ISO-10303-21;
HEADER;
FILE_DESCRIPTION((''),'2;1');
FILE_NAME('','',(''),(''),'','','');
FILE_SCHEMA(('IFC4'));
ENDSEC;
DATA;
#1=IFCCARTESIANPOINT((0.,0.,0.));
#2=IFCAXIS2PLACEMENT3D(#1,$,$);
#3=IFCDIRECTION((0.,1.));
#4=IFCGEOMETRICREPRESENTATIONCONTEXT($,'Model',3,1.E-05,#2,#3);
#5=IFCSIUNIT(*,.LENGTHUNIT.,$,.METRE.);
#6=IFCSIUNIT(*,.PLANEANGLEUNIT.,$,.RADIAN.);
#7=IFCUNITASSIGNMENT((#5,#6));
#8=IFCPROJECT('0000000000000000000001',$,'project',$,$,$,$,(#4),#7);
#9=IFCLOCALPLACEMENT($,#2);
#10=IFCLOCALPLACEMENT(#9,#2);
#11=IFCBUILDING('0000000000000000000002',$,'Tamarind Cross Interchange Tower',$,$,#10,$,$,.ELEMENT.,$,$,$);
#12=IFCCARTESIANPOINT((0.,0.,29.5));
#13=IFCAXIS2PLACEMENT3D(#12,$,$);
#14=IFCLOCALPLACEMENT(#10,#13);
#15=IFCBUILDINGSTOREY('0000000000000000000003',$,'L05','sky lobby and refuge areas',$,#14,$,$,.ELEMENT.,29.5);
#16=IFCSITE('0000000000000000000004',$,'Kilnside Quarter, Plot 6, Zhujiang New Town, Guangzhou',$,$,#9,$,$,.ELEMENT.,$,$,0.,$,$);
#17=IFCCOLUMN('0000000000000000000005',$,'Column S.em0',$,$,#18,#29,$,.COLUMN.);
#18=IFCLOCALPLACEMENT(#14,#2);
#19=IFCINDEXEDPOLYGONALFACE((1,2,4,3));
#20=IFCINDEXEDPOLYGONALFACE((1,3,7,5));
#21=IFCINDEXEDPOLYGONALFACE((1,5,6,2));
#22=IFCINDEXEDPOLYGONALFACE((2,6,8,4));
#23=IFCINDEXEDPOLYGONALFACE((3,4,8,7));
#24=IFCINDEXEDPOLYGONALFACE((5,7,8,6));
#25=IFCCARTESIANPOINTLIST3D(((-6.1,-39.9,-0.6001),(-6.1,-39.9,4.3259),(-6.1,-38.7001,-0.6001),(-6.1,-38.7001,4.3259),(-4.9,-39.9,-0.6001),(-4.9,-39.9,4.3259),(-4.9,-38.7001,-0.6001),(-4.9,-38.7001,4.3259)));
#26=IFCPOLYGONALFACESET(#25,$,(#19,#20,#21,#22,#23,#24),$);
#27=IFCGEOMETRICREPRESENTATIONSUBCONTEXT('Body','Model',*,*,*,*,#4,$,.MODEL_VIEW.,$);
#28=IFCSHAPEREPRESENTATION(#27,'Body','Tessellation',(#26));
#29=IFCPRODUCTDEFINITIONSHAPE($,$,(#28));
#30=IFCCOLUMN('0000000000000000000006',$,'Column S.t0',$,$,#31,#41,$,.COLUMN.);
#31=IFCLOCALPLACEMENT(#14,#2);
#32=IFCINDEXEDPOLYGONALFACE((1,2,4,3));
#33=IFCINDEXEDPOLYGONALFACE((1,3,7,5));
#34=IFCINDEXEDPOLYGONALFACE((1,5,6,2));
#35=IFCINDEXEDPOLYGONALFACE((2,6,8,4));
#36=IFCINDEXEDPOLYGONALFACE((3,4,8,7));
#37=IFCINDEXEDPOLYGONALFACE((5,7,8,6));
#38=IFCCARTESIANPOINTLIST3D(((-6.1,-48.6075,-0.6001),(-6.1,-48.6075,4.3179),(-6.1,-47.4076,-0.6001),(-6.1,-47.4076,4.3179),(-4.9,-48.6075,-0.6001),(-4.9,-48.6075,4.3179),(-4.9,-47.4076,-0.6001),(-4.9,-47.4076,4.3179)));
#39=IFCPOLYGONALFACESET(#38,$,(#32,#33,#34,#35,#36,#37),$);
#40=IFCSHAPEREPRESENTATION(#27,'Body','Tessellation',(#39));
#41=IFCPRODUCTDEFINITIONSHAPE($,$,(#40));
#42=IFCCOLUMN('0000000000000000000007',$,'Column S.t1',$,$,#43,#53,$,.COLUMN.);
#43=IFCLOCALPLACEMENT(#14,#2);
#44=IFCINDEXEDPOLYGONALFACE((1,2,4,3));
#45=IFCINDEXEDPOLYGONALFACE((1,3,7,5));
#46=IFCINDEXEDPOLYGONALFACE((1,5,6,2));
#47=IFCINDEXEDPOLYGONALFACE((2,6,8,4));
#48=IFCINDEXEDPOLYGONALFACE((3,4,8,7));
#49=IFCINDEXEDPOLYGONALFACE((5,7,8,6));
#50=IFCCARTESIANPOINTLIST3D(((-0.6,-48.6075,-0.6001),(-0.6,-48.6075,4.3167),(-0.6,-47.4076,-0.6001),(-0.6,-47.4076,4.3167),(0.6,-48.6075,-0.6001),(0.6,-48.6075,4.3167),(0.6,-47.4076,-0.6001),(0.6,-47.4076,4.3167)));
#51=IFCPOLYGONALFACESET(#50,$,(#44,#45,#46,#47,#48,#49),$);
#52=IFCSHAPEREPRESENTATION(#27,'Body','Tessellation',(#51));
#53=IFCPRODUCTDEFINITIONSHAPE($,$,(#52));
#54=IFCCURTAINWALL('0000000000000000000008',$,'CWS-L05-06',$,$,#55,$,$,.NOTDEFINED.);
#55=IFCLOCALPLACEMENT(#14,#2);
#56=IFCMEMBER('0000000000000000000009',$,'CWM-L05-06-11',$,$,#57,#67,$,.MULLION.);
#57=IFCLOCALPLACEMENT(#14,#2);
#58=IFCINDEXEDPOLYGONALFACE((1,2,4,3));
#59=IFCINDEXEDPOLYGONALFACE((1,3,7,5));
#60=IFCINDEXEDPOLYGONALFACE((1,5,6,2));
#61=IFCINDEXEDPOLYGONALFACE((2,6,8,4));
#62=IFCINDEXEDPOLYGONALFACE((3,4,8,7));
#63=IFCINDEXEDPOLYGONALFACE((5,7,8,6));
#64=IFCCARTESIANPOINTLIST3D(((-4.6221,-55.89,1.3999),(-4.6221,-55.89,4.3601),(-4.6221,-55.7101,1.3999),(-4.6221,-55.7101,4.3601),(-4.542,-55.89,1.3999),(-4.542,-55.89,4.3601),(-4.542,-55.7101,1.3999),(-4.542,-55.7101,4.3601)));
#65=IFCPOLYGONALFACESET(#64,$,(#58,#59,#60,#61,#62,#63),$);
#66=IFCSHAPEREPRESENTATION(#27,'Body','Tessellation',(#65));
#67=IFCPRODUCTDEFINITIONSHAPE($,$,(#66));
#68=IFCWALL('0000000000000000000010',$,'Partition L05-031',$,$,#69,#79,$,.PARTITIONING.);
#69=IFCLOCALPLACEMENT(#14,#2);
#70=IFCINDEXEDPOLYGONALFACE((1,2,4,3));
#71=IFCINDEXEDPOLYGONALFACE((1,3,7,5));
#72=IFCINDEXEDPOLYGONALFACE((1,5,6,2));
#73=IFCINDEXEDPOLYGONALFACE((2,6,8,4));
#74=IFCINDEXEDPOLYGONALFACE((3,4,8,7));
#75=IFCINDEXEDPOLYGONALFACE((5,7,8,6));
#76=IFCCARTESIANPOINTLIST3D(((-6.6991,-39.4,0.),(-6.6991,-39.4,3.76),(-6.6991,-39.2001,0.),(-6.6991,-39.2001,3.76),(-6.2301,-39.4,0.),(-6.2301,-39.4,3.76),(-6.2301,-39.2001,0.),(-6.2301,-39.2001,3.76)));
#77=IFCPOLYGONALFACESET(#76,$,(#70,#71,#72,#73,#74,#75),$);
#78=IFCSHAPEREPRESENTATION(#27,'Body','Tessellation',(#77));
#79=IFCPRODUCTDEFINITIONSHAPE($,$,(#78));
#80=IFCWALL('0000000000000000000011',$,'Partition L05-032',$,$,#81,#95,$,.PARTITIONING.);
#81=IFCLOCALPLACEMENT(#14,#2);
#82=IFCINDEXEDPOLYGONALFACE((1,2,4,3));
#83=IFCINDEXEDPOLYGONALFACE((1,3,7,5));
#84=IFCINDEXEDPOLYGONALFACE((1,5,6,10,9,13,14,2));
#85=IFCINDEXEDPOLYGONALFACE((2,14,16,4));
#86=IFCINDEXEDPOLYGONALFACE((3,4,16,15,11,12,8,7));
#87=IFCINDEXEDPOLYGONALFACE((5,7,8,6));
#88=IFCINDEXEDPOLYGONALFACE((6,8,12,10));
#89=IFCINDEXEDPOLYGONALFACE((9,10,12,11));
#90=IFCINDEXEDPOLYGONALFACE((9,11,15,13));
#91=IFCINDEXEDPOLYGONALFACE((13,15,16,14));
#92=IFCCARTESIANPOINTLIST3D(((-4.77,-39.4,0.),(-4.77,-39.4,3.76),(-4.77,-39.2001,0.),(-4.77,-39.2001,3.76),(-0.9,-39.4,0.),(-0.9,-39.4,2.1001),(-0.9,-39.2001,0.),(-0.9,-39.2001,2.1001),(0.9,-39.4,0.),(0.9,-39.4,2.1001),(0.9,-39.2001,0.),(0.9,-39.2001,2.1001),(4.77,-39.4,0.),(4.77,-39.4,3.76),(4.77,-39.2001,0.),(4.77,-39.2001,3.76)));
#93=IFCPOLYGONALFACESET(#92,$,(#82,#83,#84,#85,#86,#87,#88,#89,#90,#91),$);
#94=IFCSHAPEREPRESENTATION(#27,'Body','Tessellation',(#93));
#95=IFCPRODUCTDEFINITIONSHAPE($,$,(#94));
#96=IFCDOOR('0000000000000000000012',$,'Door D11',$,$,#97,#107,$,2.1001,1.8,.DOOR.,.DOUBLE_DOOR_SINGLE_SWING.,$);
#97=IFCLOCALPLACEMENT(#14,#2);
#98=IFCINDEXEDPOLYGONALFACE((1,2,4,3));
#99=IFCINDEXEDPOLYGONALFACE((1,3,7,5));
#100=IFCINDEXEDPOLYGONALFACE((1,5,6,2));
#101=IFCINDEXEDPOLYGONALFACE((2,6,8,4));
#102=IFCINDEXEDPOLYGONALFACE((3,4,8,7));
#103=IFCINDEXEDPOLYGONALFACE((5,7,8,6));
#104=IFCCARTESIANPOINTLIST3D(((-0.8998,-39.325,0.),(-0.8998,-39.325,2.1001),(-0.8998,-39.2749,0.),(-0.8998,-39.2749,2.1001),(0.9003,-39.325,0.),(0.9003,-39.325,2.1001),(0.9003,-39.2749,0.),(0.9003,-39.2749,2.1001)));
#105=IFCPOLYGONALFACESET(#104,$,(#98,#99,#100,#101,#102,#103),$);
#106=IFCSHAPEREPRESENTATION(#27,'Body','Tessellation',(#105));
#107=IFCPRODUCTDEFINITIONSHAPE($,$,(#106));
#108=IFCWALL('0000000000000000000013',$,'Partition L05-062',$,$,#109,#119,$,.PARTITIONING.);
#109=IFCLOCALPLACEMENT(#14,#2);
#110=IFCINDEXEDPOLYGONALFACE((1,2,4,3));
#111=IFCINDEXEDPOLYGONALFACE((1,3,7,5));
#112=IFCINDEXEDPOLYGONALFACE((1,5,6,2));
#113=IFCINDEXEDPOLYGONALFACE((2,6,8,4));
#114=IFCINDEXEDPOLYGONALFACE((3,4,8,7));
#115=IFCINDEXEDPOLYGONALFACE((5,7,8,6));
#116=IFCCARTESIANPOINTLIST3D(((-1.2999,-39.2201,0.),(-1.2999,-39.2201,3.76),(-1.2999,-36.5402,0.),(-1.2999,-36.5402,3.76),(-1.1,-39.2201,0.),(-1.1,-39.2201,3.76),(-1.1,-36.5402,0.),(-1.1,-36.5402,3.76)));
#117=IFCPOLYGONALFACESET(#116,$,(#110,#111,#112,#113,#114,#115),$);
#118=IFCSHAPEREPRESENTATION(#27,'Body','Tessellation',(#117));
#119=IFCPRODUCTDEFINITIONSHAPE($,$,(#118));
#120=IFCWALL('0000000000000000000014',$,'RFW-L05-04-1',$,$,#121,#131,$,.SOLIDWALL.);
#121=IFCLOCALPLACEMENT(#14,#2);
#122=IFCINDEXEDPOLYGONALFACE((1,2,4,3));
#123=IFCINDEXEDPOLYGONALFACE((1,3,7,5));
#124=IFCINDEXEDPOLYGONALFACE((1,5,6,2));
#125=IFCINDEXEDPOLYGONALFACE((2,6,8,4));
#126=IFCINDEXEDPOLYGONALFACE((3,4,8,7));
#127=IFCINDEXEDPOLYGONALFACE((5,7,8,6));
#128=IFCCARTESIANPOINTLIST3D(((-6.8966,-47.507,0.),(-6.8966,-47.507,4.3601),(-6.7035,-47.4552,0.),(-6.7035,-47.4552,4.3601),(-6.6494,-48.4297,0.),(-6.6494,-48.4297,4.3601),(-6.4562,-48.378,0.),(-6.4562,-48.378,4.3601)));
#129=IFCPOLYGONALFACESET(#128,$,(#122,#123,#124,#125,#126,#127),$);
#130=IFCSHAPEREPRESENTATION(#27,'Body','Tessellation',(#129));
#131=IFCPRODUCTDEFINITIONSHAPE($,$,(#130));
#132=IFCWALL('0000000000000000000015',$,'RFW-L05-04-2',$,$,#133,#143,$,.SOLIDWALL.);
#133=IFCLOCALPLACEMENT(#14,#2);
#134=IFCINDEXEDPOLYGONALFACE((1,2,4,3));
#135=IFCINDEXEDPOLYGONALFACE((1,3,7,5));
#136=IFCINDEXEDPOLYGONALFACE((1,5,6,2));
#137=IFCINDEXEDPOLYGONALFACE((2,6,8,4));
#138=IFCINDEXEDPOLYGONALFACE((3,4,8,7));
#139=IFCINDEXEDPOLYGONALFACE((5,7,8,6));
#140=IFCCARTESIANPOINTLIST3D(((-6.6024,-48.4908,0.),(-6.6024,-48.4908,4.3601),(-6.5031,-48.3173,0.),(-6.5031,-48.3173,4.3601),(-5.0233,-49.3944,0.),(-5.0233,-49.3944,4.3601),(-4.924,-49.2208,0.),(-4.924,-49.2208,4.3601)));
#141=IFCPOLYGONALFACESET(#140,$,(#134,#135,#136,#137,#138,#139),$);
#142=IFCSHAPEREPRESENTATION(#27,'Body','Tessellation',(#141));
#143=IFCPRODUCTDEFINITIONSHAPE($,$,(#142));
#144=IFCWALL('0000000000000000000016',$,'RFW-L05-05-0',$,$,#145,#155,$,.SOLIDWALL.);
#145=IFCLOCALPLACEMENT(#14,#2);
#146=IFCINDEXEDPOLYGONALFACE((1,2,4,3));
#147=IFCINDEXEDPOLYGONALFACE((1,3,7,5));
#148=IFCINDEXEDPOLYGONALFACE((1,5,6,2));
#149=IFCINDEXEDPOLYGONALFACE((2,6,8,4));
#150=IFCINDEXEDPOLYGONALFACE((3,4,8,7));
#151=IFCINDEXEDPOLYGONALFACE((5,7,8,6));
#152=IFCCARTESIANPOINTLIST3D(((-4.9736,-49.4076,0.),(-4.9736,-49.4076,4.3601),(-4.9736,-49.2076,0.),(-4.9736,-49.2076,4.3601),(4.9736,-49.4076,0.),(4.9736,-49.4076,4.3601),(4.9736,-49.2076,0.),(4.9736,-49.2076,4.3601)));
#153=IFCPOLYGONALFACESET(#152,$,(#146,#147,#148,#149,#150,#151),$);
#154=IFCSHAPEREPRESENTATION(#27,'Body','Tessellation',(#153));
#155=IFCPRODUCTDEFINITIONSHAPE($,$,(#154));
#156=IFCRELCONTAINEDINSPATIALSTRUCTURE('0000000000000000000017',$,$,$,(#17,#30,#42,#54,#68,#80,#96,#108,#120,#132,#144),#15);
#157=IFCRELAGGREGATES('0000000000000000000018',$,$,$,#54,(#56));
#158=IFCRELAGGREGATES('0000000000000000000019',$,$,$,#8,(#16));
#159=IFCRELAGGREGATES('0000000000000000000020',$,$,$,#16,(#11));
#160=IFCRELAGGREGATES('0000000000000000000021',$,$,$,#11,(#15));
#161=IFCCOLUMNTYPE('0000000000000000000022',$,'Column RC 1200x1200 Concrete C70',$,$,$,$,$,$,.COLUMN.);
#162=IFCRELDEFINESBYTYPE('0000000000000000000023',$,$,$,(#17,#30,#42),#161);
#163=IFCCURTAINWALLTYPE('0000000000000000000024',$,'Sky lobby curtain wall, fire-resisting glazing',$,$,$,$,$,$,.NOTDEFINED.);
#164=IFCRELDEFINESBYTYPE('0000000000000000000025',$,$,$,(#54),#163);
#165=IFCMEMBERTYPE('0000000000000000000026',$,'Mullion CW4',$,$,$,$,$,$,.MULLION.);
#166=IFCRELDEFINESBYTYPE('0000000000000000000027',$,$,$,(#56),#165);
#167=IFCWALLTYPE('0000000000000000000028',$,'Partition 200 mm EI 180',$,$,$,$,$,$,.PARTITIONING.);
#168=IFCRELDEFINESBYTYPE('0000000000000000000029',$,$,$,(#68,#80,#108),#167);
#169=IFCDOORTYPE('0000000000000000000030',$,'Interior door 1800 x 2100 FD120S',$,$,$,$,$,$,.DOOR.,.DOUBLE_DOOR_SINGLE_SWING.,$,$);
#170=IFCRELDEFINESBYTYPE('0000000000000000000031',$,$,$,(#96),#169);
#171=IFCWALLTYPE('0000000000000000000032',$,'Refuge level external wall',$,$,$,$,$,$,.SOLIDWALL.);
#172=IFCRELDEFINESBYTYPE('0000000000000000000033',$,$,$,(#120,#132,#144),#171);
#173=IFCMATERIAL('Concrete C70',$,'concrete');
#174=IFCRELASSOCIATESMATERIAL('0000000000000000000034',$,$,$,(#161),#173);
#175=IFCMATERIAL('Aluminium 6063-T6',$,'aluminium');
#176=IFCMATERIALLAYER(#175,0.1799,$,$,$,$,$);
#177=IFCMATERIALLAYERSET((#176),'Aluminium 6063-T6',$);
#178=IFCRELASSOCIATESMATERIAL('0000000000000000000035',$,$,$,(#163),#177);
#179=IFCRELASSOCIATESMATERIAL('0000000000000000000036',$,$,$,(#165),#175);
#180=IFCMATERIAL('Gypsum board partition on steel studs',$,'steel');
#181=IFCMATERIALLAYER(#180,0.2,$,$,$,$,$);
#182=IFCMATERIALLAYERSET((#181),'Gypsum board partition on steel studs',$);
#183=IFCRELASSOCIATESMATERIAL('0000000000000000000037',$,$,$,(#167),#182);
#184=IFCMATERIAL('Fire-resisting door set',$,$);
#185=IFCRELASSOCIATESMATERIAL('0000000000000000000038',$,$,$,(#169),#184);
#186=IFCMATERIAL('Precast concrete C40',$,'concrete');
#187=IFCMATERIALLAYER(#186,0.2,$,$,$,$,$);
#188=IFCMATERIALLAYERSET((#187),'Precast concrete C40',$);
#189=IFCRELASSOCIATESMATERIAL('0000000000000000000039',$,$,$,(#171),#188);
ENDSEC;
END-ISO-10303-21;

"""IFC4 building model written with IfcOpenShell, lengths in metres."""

from ifc_helpers import new_model, si_unit, direction, frame, frame_2d, origin, origin_2d, place, context, subcontext, project, spatial, rectangle, extrude, material, layer, layer_set, material_profile, profile_set, type_object, element, fill, aggregate, save


model = new_model("IFC4")

# Units and contexts
model_context = context("Model", 3, precision=1e-05, world=origin(), true_north=direction((0.0, 1.0)))
body_context = subcontext(model_context, "Body", "Model", "MODEL_VIEW")
ifc_project = project(units=[si_unit("LENGTHUNIT", "METRE"), si_unit("PLANEANGLEUNIT", "RADIAN")], contexts=[model_context])

# Site, building, storey
site_placement = place(None, origin())
site = spatial("IfcSite", under=ifc_project, at=site_placement, Name="Kilnside Quarter, Plot 6, Zhujiang New Town, Guangzhou", CompositionType="ELEMENT", RefElevation=0.0)
building_placement = place(site_placement, origin())
building = spatial("IfcBuilding", under=site, at=building_placement, Name="Tamarind Cross Interchange Tower", CompositionType="ELEMENT")
storey_placement = place(building_placement, frame((0.0, 0.0, 29.5)))
storey = spatial("IfcBuildingStorey", under=building, at=storey_placement, Name="L05", Description="sky lobby and refuge areas", CompositionType="ELEMENT", Elevation=29.5)

# Columns
ifc_material_1 = material(Name="Concrete C70", Category="concrete")
ifc_material_profile_1 = material_profile(ifc_material_1, rectangle(XDim=1.2, YDim=1.2, at=origin_2d()), Name="RC 1200x1200")
ifc_profile_set_1 = profile_set([ifc_material_profile_1], Name="Concrete C70")
column_type = type_object("IfcColumnType", Name="Column RC 1200x1200 Concrete C70", PredefinedType="COLUMN", material=ifc_profile_set_1)
column_1_placement = place(storey_placement, frame((-5.5, -39.3, -0.6001), z_axis=(0.0, 0.0, 1.0), x_axis=(1.0, 0.0, 0.0)))
element("IfcColumn", 1, at=column_1_placement, inside=storey, type_object=column_type, Name="Column S.em0", PredefinedType="COLUMN", context=body_context, shape_type="SweptSolid", body=[
    extrude(rectangle(XDim=1.2, YDim=1.2, at=origin_2d()), origin(), (0.0, 0.0, 1.0), 4.926),
])
column_2_placement = place(storey_placement, frame((-5.5, -48.0076, -0.6001), z_axis=(0.0, 0.0, 1.0), x_axis=(1.0, 0.0, 0.0)))
element("IfcColumn", 2, at=column_2_placement, inside=storey, type_object=column_type, Name="Column S.t0", PredefinedType="COLUMN", context=body_context, shape_type="SweptSolid", body=[
    extrude(rectangle(XDim=1.2, YDim=1.2, at=origin_2d()), origin(), (0.0, 0.0, 1.0), 4.918),
])
column_3_placement = place(storey_placement, frame((0.0, -48.0076, -0.6001), z_axis=(0.0, 0.0, 1.0), x_axis=(1.0, 0.0, 0.0)))
element("IfcColumn", 3, at=column_3_placement, inside=storey, type_object=column_type, Name="Column S.t1", PredefinedType="COLUMN", context=body_context, shape_type="SweptSolid", body=[
    extrude(rectangle(XDim=1.2, YDim=1.2, at=origin_2d()), origin(), (0.0, 0.0, 1.0), 4.9167),
])

# Curtain wall, member
ifc_material_2 = material(Name="Aluminium 6063-T6", Category="aluminium")
ifc_layer_1 = layer(ifc_material_2, 0.1799)
ifc_layer_set_1 = layer_set([ifc_layer_1], Name="Aluminium 6063-T6")
curtain_wall_type = type_object("IfcCurtainWallType", Name="Sky lobby curtain wall, fire-resisting glazing", PredefinedType="NOTDEFINED", material=ifc_layer_set_1)
curtain_wall_placement = place(storey_placement, origin())
curtain_wall = element("IfcCurtainWall", 4, at=curtain_wall_placement, inside=storey, type_object=curtain_wall_type, Name="CWS-L05-06", PredefinedType="NOTDEFINED")
ifc_material_profile_2 = material_profile(ifc_material_2, rectangle(XDim=0.0801, YDim=0.1799, at=origin_2d()), Name="Mullion CW4")
ifc_profile_set_2 = profile_set([ifc_material_profile_2], Name="Aluminium 6063-T6")
member_type = type_object("IfcMemberType", Name="Mullion CW4", PredefinedType="MULLION", material=ifc_profile_set_2)
member_placement = place(storey_placement, frame((-4.582, -55.8, 1.3999), z_axis=(0.0, 0.0, 1.0), x_axis=(1.0, 0.0, 0.0)))
member = element("IfcMember", 5, at=member_placement, type_object=member_type, Name="CWM-L05-06-11", PredefinedType="MULLION", context=body_context, shape_type="SweptSolid", body=[
    extrude(rectangle(XDim=0.0801, YDim=0.1799, at=origin_2d()), origin(), (0.0, 0.0, 1.0), 2.9602),
])
aggregate(curtain_wall, [member])

# Wall
ifc_material_3 = material(Name="Gypsum board partition on steel studs", Category="steel")
ifc_layer_2 = layer(ifc_material_3, 0.2)
ifc_layer_set_2 = layer_set([ifc_layer_2], Name="Gypsum board partition on steel studs")
wall_type_1 = type_object("IfcWallType", Name="Partition 200 mm EI 180", PredefinedType="PARTITIONING", material=ifc_layer_set_2)
wall_1_placement = place(storey_placement, frame((-6.699, -39.3, 0.0), z_axis=(0.0, 0.0, 1.0), x_axis=(1.0, 0.0, 0.0)))
element("IfcWall", 6, at=wall_1_placement, inside=storey, type_object=wall_type_1, Name="Partition L05-031", PredefinedType="PARTITIONING", context=body_context, shape_type="SweptSolid", body=[
    extrude(rectangle(XDim=0.469, YDim=0.2, at=frame_2d((0.2344, 0.0))), origin(), (0.0, 0.0, 1.0), 3.76),
])

# Wall, opening, door
wall_2_placement = place(storey_placement, frame((-4.77, -39.3, 0.0), z_axis=(0.0, 0.0, 1.0), x_axis=(1.0, 0.0, 0.0)))
wall_2 = element("IfcWall", 7, at=wall_2_placement, inside=storey, type_object=wall_type_1, Name="Partition L05-032", PredefinedType="PARTITIONING", context=body_context, shape_type="SweptSolid", body=[
    extrude(rectangle(XDim=9.54, YDim=0.2, at=frame_2d((4.77, 0.0))), origin(), (0.0, 0.0, 1.0), 3.76),
])
opening_placement = place(wall_2_placement, frame((3.8701, 0.0, 0.0)))
opening = element("IfcOpeningElement", 8, at=opening_placement, cuts=wall_2, PredefinedType="OPENING", context=body_context, shape_type="SweptSolid", body=[
    extrude(rectangle(XDim=1.8, YDim=2.1001, at=frame_2d((0.8999, 1.05))), frame((0.0, 0.1099, 0.0), z_axis=(0.0, -1.0, 0.0), x_axis=(1.0, 0.0, 0.0)), (0.0, 0.0, 1.0), 0.22),
])
ifc_material_4 = material(Name="Fire-resisting door set")
door_type = type_object("IfcDoorType", Name="Interior door 1800 x 2100 FD120S", OperationType="DOUBLE_DOOR_SINGLE_SWING", PredefinedType="DOOR", material=ifc_material_4)
door_placement = place(opening_placement, frame((1.8, 0.0, 0.0), z_axis=(0.0, 0.0, 1.0), x_axis=(-1.0, 0.0, 0.0)))
door = element("IfcDoor", 9, at=door_placement, inside=storey, type_object=door_type, Name="Door D11", OperationType="DOUBLE_DOOR_SINGLE_SWING", OverallHeight=2.1001, OverallWidth=1.8, PredefinedType="DOOR", context=body_context, shape_type="SweptSolid", body=[
    extrude(rectangle(XDim=1.8, YDim=2.1001, at=frame_2d((0.8999, 1.05))), frame((0.0, 0.0249, 0.0), z_axis=(0.0, -1.0, 0.0), x_axis=(1.0, 0.0, 0.0)), (0.0, 0.0, 1.0), 0.05),
])
fill(opening, door)

# Walls
wall_3_placement = place(storey_placement, frame((-1.2, -39.22, 0.0), z_axis=(0.0, 0.0, 1.0), x_axis=(0.0, 1.0, 0.0)))
element("IfcWall", 10, at=wall_3_placement, inside=storey, type_object=wall_type_1, Name="Partition L05-062", PredefinedType="PARTITIONING", context=body_context, shape_type="SweptSolid", body=[
    extrude(rectangle(XDim=2.6799, YDim=0.2, at=frame_2d((1.3398, 0.0))), origin(), (0.0, 0.0, 1.0), 3.76),
])
ifc_material_5 = material(Name="Precast concrete C40", Category="concrete")
ifc_layer_3 = layer(ifc_material_5, 0.2)
ifc_layer_set_3 = layer_set([ifc_layer_3], Name="Precast concrete C40")
wall_type_2 = type_object("IfcWallType", Name="Refuge level external wall", PredefinedType="SOLIDWALL", material=ifc_layer_set_3)
wall_4_placement = place(storey_placement, frame((-6.8, -47.4812, 0.0), z_axis=(0.0, 0.0, 1.0), x_axis=(0.258855, -0.965916, 0.0)))
element("IfcWall", 11, at=wall_4_placement, inside=storey, type_object=wall_type_2, Name="RFW-L05-04-1", PredefinedType="SOLIDWALL", context=body_context, shape_type="SweptSolid", body=[
    extrude(rectangle(XDim=0.9553, YDim=0.2, at=frame_2d((0.4775, 0.0))), origin(), (0.0, 0.0, 1.0), 4.3601),
])
wall_5_placement = place(storey_placement, frame((-6.5527, -48.4041, 0.0), z_axis=(0.0, 0.0, 1.0), x_axis=(0.867954, -0.496645, 0.0)))
element("IfcWall", 12, at=wall_5_placement, inside=storey, type_object=wall_type_2, Name="RFW-L05-04-2", PredefinedType="SOLIDWALL", context=body_context, shape_type="SweptSolid", body=[
    extrude(rectangle(XDim=1.8193, YDim=0.2, at=frame_2d((0.9097, 0.0))), origin(), (0.0, 0.0, 1.0), 4.3601),
])
wall_6_placement = place(storey_placement, frame((-4.9736, -49.3076, 0.0), z_axis=(0.0, 0.0, 1.0), x_axis=(1.0, 0.0, 0.0)))
element("IfcWall", 13, at=wall_6_placement, inside=storey, type_object=wall_type_2, Name="RFW-L05-05-0", PredefinedType="SOLIDWALL", context=body_context, shape_type="SweptSolid", body=[
    extrude(rectangle(XDim=9.9473, YDim=0.2, at=frame_2d((4.9736, 0.0))), origin(), (0.0, 0.0, 1.0), 4.3601),
])

save(model, "model.ifc")
